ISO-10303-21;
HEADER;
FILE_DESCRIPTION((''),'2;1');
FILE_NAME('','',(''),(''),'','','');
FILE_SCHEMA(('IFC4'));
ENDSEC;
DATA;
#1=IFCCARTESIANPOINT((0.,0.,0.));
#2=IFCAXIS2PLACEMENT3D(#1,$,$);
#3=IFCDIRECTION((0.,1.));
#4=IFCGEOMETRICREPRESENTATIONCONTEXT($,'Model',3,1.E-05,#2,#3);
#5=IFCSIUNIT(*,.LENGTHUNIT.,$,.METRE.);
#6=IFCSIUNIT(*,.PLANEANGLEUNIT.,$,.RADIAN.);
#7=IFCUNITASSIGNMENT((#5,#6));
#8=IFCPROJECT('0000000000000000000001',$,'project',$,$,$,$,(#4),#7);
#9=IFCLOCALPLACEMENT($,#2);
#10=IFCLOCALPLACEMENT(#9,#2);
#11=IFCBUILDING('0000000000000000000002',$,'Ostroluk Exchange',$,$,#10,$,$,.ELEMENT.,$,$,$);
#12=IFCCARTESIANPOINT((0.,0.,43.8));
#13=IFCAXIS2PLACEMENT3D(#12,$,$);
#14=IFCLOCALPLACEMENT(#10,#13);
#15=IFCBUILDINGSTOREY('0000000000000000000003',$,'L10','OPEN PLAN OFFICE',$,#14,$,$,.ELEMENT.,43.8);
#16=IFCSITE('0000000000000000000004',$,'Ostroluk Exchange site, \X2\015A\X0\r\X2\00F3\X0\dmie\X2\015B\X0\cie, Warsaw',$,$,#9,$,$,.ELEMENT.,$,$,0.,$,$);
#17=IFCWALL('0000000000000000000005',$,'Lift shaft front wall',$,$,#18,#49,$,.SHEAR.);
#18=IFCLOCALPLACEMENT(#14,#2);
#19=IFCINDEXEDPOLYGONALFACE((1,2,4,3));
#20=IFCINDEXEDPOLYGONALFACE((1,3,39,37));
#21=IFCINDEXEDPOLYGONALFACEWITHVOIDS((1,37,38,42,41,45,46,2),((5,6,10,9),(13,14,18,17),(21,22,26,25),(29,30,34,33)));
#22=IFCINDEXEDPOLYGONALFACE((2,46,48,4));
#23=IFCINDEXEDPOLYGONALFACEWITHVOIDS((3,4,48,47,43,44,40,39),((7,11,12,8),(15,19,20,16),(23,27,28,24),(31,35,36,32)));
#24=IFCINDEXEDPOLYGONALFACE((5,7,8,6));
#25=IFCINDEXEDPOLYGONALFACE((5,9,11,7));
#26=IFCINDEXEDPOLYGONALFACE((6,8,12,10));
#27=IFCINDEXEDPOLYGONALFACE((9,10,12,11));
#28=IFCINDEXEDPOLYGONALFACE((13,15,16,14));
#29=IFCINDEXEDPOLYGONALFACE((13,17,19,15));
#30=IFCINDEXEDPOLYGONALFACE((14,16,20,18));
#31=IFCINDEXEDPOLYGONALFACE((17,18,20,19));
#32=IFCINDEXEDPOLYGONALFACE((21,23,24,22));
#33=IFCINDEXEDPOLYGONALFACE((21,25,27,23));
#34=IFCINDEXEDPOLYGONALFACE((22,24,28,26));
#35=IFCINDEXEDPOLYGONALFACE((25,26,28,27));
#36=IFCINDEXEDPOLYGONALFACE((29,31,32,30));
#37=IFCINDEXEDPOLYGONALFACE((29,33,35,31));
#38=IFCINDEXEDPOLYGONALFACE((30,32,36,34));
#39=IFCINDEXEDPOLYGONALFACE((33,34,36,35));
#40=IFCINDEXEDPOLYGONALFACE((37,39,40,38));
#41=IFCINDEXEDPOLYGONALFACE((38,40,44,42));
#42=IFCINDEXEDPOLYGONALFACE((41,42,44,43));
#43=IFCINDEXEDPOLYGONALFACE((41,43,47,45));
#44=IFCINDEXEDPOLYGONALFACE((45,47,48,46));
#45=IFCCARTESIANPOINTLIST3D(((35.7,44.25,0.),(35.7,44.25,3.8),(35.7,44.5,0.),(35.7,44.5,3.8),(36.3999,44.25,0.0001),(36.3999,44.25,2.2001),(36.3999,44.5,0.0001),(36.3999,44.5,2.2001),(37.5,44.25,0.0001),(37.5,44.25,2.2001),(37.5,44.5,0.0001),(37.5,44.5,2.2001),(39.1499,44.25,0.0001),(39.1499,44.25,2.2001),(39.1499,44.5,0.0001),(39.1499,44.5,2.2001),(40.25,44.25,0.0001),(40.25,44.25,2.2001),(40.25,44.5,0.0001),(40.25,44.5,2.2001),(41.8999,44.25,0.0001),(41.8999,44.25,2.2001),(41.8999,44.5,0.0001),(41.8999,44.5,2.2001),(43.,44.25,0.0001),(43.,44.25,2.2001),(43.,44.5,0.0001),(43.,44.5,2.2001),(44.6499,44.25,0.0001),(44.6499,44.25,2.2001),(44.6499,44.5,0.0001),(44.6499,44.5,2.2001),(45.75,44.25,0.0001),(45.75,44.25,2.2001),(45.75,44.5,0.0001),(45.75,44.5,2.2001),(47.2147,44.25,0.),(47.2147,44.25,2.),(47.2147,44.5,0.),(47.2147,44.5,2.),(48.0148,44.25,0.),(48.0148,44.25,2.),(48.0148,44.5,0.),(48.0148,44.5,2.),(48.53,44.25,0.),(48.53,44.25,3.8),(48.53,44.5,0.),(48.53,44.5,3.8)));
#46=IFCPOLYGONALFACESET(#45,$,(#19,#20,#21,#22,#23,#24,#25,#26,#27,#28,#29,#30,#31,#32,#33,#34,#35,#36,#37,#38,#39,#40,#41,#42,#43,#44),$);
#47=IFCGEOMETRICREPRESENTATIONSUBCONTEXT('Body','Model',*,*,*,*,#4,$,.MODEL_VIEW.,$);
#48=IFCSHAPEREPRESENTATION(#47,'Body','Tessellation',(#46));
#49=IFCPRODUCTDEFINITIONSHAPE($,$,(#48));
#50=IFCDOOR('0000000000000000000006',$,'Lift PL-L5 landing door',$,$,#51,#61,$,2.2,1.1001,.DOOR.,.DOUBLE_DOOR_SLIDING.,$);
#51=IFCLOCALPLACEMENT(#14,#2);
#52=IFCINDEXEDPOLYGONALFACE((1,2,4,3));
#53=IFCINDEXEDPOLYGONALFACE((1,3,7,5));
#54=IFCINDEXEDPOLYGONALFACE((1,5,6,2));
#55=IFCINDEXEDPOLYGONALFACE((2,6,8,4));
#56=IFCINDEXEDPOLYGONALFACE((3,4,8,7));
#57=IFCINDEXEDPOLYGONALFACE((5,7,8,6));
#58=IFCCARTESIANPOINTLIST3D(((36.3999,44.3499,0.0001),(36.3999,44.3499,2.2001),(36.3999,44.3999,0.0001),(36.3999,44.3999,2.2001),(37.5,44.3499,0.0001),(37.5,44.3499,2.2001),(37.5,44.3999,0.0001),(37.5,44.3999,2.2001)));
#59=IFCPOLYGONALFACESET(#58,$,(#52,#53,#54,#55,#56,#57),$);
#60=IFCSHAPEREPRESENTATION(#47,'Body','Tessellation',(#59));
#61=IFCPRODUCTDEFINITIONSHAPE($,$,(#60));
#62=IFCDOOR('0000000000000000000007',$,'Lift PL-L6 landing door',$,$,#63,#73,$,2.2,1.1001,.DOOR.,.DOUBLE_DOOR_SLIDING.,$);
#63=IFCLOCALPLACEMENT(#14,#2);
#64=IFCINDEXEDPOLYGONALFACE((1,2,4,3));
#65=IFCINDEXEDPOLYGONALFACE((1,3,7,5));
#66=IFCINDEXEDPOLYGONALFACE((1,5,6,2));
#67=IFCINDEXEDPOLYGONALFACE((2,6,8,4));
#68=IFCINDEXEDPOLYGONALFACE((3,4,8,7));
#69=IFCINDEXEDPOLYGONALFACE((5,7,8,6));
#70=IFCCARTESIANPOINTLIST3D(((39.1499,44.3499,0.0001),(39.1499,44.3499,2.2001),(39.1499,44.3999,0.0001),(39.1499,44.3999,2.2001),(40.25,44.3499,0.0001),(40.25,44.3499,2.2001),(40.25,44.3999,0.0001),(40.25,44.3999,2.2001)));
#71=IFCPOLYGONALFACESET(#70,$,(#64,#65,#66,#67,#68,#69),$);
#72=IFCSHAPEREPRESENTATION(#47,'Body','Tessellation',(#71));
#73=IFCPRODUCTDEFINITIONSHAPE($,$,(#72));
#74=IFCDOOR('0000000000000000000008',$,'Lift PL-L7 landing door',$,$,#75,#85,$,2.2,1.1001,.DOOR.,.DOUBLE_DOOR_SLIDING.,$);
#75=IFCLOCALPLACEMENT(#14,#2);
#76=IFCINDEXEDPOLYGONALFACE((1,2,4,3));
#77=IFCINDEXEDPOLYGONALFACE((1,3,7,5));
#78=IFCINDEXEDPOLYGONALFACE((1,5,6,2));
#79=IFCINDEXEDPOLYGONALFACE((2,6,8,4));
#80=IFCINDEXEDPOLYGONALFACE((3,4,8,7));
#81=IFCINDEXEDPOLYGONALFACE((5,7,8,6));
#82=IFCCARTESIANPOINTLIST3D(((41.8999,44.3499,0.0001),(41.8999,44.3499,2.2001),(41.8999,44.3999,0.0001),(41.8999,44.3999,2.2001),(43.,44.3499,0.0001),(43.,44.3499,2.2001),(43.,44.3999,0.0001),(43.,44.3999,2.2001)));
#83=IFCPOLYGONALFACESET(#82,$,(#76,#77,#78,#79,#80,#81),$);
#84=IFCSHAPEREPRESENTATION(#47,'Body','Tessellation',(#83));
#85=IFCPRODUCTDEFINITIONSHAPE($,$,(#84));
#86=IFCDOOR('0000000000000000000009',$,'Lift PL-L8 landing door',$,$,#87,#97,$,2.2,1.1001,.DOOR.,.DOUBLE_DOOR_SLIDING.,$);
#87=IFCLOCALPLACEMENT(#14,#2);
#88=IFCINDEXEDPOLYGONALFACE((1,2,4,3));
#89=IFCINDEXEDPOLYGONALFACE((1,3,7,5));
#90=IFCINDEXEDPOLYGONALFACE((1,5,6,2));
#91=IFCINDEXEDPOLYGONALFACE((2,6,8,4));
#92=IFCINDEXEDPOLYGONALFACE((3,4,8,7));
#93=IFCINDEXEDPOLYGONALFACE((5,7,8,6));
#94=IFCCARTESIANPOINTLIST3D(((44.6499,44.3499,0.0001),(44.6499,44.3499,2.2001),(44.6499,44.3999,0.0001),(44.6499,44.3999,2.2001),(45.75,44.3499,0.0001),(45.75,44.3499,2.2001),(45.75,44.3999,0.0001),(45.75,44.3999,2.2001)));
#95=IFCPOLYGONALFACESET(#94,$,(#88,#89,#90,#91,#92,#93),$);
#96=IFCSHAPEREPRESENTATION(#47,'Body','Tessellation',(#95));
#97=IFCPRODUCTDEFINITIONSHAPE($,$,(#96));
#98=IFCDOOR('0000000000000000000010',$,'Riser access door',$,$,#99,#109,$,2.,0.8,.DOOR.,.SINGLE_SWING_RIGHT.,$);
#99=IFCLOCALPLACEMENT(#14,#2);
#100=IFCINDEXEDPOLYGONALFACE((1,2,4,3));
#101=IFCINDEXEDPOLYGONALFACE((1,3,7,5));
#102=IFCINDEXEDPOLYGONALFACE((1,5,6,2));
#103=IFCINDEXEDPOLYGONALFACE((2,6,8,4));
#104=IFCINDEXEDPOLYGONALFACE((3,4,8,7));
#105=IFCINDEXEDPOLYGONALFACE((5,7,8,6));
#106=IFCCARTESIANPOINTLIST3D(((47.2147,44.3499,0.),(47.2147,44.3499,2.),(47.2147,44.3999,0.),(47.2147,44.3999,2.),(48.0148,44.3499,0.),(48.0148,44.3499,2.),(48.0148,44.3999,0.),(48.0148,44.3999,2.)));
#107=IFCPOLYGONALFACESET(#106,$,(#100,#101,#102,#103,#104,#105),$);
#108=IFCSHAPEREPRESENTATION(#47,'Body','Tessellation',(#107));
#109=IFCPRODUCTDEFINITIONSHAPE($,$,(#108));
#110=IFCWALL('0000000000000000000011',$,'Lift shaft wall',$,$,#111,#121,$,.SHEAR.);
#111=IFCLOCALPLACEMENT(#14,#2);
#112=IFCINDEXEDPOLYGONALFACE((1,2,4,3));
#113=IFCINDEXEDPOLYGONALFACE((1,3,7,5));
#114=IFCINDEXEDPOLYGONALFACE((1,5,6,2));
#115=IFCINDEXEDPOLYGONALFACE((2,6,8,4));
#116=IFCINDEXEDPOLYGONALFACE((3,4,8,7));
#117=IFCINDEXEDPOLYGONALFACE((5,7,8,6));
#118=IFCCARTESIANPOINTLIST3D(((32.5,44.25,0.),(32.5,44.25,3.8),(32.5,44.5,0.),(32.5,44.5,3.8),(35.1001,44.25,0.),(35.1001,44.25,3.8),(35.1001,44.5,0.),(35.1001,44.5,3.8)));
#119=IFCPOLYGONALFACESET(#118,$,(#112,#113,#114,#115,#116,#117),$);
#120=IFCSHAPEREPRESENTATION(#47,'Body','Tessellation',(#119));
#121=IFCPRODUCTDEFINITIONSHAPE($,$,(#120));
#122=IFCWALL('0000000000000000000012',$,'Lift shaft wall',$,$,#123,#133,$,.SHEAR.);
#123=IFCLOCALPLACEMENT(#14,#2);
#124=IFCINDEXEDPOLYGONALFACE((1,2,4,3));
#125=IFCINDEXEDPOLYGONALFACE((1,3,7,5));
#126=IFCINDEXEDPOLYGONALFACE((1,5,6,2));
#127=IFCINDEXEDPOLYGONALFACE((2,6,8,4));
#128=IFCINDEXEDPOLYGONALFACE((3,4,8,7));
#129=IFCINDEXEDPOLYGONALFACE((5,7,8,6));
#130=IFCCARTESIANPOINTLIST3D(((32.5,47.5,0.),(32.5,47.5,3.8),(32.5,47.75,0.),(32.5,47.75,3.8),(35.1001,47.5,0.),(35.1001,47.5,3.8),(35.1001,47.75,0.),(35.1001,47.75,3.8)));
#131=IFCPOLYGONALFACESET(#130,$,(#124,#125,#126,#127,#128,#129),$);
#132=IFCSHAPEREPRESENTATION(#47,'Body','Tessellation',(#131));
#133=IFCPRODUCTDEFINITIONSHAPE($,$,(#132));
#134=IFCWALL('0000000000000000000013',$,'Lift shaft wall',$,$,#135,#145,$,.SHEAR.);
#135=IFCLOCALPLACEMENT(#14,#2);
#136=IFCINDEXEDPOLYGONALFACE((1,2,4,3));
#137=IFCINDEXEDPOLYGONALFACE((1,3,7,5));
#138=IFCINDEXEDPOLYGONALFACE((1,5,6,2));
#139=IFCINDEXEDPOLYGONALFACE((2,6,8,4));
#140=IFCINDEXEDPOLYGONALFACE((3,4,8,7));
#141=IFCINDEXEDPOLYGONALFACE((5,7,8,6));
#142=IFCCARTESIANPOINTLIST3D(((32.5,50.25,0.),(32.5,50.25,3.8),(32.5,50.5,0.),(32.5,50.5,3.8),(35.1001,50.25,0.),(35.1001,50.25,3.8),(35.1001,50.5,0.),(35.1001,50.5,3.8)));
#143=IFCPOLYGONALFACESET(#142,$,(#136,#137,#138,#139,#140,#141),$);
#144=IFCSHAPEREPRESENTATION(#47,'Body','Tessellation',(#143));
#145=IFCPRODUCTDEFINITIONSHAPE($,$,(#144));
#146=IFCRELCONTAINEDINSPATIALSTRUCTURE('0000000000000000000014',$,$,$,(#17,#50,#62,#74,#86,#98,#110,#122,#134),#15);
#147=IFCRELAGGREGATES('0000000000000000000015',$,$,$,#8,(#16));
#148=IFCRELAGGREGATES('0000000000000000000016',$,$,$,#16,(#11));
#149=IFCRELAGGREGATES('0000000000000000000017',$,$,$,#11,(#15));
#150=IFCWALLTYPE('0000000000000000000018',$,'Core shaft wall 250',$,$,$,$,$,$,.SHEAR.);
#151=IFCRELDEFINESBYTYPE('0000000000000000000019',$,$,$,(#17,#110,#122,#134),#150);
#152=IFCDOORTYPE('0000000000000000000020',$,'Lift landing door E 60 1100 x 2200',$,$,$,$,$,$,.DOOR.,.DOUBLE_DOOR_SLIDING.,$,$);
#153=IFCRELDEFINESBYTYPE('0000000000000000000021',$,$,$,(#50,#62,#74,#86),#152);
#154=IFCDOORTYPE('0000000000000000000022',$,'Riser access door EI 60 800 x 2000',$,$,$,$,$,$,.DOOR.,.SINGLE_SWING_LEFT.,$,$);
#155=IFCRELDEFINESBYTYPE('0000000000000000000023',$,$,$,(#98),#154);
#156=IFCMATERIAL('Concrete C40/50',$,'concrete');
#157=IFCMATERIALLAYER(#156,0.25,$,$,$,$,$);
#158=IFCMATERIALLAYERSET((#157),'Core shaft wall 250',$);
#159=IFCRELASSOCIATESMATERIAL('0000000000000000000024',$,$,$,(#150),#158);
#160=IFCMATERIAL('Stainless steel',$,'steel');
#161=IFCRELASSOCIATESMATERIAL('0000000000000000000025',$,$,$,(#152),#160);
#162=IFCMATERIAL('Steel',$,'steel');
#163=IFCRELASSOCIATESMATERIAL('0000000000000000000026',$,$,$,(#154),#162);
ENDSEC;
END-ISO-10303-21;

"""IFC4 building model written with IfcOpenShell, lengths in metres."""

from ifc_helpers import new_model, si_unit, direction, frame, frame_2d, origin, place, context, subcontext, project, spatial, rectangle, extrude, material, layer, layer_set, type_object, element, fill, save


model = new_model("IFC4")

# Units and contexts
model_context = context("Model", 3, precision=1e-05, world=origin(), true_north=direction((0.0, 1.0)))
body_context = subcontext(model_context, "Body", "Model", "MODEL_VIEW")
ifc_project = project(units=[si_unit("LENGTHUNIT", "METRE"), si_unit("PLANEANGLEUNIT", "RADIAN")], contexts=[model_context])

# Site, building, storey
site_placement = place(None, origin())
site = spatial("IfcSite", under=ifc_project, at=site_placement, Name="Ostroluk Exchange site, Śródmieście, Warsaw", CompositionType="ELEMENT", RefElevation=0.0)
building_placement = place(site_placement, origin())
building = spatial("IfcBuilding", under=site, at=building_placement, Name="Ostroluk Exchange", CompositionType="ELEMENT")
storey_placement = place(building_placement, frame((0.0, 0.0, 43.8)))
storey = spatial("IfcBuildingStorey", under=building, at=storey_placement, Name="L10", Description="OPEN PLAN OFFICE", CompositionType="ELEMENT", Elevation=43.8)

# Shared definitions
ifc_material_1 = material(Name="Concrete C40/50", Category="concrete")
ifc_layer = layer(ifc_material_1, 0.25)
ifc_layer_set = layer_set([ifc_layer], Name="Core shaft wall 250")
wall_type = type_object("IfcWallType", Name="Core shaft wall 250", PredefinedType="SHEAR", material=ifc_layer_set)

# Shared definitions
ifc_material_2 = material(Name="Stainless steel", Category="steel")
door_type_1 = type_object("IfcDoorType", Name="Lift landing door E 60 1100 x 2200", OperationType="DOUBLE_DOOR_SLIDING", PredefinedType="DOOR", material=ifc_material_2)
ifc_material_3 = material(Name="Steel", Category="steel")
door_type_2 = type_object("IfcDoorType", Name="Riser access door EI 60 800 x 2000", OperationType="SINGLE_SWING_LEFT", PredefinedType="DOOR", material=ifc_material_3)

# Wall, openings, doors
wall_1_placement = place(storey_placement, frame((35.7, 44.375, 0.0), z_axis=(0.0, 0.0, 1.0), x_axis=(1.0, 0.0, 0.0)))
wall_1 = element("IfcWall", 1, at=wall_1_placement, inside=storey, type_object=wall_type, Name="Lift shaft front wall", PredefinedType="SHEAR", context=body_context, shape_type="SweptSolid", body=[
    extrude(rectangle(XDim=12.8301, YDim=0.25, at=frame_2d((6.415, 0.0))), origin(), (0.0, 0.0, 1.0), 3.8),
])
opening_1_placement = place(wall_1_placement, frame((0.7, 0.0, 0.0)))
opening_1 = element("IfcOpeningElement", 2, at=opening_1_placement, cuts=wall_1, PredefinedType="OPENING", context=body_context, shape_type="SweptSolid", body=[
    extrude(rectangle(XDim=1.1001, YDim=2.2, at=frame_2d((0.55, 1.1001))), frame((0.0, 0.135, 0.0), z_axis=(0.0, -1.0, 0.0), x_axis=(1.0, 0.0, 0.0)), (0.0, 0.0, 1.0), 0.27),
])
opening_2_placement = place(wall_1_placement, frame((3.45, 0.0, 0.0)))
opening_2 = element("IfcOpeningElement", 3, at=opening_2_placement, cuts=wall_1, PredefinedType="OPENING", context=body_context, shape_type="SweptSolid", body=[
    extrude(rectangle(XDim=1.1001, YDim=2.2, at=frame_2d((0.55, 1.1001))), frame((0.0, 0.135, 0.0), z_axis=(0.0, -1.0, 0.0), x_axis=(1.0, 0.0, 0.0)), (0.0, 0.0, 1.0), 0.27),
])
opening_3_placement = place(wall_1_placement, frame((6.2, 0.0, 0.0)))
opening_3 = element("IfcOpeningElement", 4, at=opening_3_placement, cuts=wall_1, PredefinedType="OPENING", context=body_context, shape_type="SweptSolid", body=[
    extrude(rectangle(XDim=1.1001, YDim=2.2, at=frame_2d((0.55, 1.1001))), frame((0.0, 0.135, 0.0), z_axis=(0.0, -1.0, 0.0), x_axis=(1.0, 0.0, 0.0)), (0.0, 0.0, 1.0), 0.27),
])
opening_4_placement = place(wall_1_placement, frame((8.95, 0.0, 0.0)))
opening_4 = element("IfcOpeningElement", 5, at=opening_4_placement, cuts=wall_1, PredefinedType="OPENING", context=body_context, shape_type="SweptSolid", body=[
    extrude(rectangle(XDim=1.1001, YDim=2.2, at=frame_2d((0.55, 1.1001))), frame((0.0, 0.135, 0.0), z_axis=(0.0, -1.0, 0.0), x_axis=(1.0, 0.0, 0.0)), (0.0, 0.0, 1.0), 0.27),
])
opening_5_placement = place(wall_1_placement, frame((11.5149, 0.0, 0.0)))
opening_5 = element("IfcOpeningElement", 6, at=opening_5_placement, cuts=wall_1, PredefinedType="OPENING", context=body_context, shape_type="SweptSolid", body=[
    extrude(rectangle(XDim=0.8, YDim=2.0, at=frame_2d((0.3999, 1.0))), frame((0.0, 0.135, 0.0), z_axis=(0.0, -1.0, 0.0), x_axis=(1.0, 0.0, 0.0)), (0.0, 0.0, 1.0), 0.27),
])
door_1_placement = place(opening_1_placement, origin())
door_1 = element("IfcDoor", 7, at=door_1_placement, inside=storey, type_object=door_type_1, Name="Lift PL-L5 landing door", OperationType="DOUBLE_DOOR_SLIDING", OverallHeight=2.2, OverallWidth=1.1001, PredefinedType="DOOR", context=body_context, shape_type="SweptSolid", body=[
    extrude(rectangle(XDim=1.1001, YDim=2.2, at=frame_2d((0.55, 1.1001))), frame((0.0, 0.0249, 0.0), z_axis=(0.0, -1.0, 0.0), x_axis=(1.0, 0.0, 0.0)), (0.0, 0.0, 1.0), 0.05),
])
fill(opening_1, door_1)
door_2_placement = place(opening_2_placement, origin())
door_2 = element("IfcDoor", 8, at=door_2_placement, inside=storey, type_object=door_type_1, Name="Lift PL-L6 landing door", OperationType="DOUBLE_DOOR_SLIDING", OverallHeight=2.2, OverallWidth=1.1001, PredefinedType="DOOR", context=body_context, shape_type="SweptSolid", body=[
    extrude(rectangle(XDim=1.1001, YDim=2.2, at=frame_2d((0.55, 1.1001))), frame((0.0, 0.0249, 0.0), z_axis=(0.0, -1.0, 0.0), x_axis=(1.0, 0.0, 0.0)), (0.0, 0.0, 1.0), 0.05),
])
fill(opening_2, door_2)
door_3_placement = place(opening_3_placement, origin())
door_3 = element("IfcDoor", 9, at=door_3_placement, inside=storey, type_object=door_type_1, Name="Lift PL-L7 landing door", OperationType="DOUBLE_DOOR_SLIDING", OverallHeight=2.2, OverallWidth=1.1001, PredefinedType="DOOR", context=body_context, shape_type="SweptSolid", body=[
    extrude(rectangle(XDim=1.1001, YDim=2.2, at=frame_2d((0.55, 1.1001))), frame((0.0, 0.0249, 0.0), z_axis=(0.0, -1.0, 0.0), x_axis=(1.0, 0.0, 0.0)), (0.0, 0.0, 1.0), 0.05),
])
fill(opening_3, door_3)
door_4_placement = place(opening_4_placement, origin())
door_4 = element("IfcDoor", 10, at=door_4_placement, inside=storey, type_object=door_type_1, Name="Lift PL-L8 landing door", OperationType="DOUBLE_DOOR_SLIDING", OverallHeight=2.2, OverallWidth=1.1001, PredefinedType="DOOR", context=body_context, shape_type="SweptSolid", body=[
    extrude(rectangle(XDim=1.1001, YDim=2.2, at=frame_2d((0.55, 1.1001))), frame((0.0, 0.0249, 0.0), z_axis=(0.0, -1.0, 0.0), x_axis=(1.0, 0.0, 0.0)), (0.0, 0.0, 1.0), 0.05),
])
fill(opening_4, door_4)
door_5_placement = place(opening_5_placement, origin())
door_5 = element("IfcDoor", 11, at=door_5_placement, inside=storey, type_object=door_type_2, Name="Riser access door", OperationType="SINGLE_SWING_RIGHT", OverallHeight=2.0, OverallWidth=0.8, PredefinedType="DOOR", context=body_context, shape_type="SweptSolid", body=[
    extrude(rectangle(XDim=0.8, YDim=2.0, at=frame_2d((0.3999, 1.0))), frame((0.0, 0.0249, 0.0), z_axis=(0.0, -1.0, 0.0), x_axis=(1.0, 0.0, 0.0)), (0.0, 0.0, 1.0), 0.05),
])
fill(opening_5, door_5)

# Walls
for number, where, z_axis, x_axis, name in (
    (12, (32.5, 44.375, 0.0), (0.0, 0.0, 1.0), (1.0, 0.0, 0.0), "Lift shaft wall"),
    (13, (32.5, 47.625, 0.0), (0.0, 0.0, 1.0), (1.0, 0.0, 0.0), "Lift shaft wall"),
    (14, (32.5, 50.375, 0.0), (0.0, 0.0, 1.0), (1.0, 0.0, 0.0), "Lift shaft wall"),
):
    element("IfcWall", number, at=place(storey_placement, frame(where, z_axis=z_axis, x_axis=x_axis)), inside=storey, type_object=wall_type, Name=name, PredefinedType="SHEAR", context=body_context, shape_type="SweptSolid", body=[
        extrude(rectangle(XDim=2.6001, YDim=0.25, at=frame_2d((1.3, 0.0))), origin(), (0.0, 0.0, 1.0), 3.8),
    ])

save(model, "model.ifc")
